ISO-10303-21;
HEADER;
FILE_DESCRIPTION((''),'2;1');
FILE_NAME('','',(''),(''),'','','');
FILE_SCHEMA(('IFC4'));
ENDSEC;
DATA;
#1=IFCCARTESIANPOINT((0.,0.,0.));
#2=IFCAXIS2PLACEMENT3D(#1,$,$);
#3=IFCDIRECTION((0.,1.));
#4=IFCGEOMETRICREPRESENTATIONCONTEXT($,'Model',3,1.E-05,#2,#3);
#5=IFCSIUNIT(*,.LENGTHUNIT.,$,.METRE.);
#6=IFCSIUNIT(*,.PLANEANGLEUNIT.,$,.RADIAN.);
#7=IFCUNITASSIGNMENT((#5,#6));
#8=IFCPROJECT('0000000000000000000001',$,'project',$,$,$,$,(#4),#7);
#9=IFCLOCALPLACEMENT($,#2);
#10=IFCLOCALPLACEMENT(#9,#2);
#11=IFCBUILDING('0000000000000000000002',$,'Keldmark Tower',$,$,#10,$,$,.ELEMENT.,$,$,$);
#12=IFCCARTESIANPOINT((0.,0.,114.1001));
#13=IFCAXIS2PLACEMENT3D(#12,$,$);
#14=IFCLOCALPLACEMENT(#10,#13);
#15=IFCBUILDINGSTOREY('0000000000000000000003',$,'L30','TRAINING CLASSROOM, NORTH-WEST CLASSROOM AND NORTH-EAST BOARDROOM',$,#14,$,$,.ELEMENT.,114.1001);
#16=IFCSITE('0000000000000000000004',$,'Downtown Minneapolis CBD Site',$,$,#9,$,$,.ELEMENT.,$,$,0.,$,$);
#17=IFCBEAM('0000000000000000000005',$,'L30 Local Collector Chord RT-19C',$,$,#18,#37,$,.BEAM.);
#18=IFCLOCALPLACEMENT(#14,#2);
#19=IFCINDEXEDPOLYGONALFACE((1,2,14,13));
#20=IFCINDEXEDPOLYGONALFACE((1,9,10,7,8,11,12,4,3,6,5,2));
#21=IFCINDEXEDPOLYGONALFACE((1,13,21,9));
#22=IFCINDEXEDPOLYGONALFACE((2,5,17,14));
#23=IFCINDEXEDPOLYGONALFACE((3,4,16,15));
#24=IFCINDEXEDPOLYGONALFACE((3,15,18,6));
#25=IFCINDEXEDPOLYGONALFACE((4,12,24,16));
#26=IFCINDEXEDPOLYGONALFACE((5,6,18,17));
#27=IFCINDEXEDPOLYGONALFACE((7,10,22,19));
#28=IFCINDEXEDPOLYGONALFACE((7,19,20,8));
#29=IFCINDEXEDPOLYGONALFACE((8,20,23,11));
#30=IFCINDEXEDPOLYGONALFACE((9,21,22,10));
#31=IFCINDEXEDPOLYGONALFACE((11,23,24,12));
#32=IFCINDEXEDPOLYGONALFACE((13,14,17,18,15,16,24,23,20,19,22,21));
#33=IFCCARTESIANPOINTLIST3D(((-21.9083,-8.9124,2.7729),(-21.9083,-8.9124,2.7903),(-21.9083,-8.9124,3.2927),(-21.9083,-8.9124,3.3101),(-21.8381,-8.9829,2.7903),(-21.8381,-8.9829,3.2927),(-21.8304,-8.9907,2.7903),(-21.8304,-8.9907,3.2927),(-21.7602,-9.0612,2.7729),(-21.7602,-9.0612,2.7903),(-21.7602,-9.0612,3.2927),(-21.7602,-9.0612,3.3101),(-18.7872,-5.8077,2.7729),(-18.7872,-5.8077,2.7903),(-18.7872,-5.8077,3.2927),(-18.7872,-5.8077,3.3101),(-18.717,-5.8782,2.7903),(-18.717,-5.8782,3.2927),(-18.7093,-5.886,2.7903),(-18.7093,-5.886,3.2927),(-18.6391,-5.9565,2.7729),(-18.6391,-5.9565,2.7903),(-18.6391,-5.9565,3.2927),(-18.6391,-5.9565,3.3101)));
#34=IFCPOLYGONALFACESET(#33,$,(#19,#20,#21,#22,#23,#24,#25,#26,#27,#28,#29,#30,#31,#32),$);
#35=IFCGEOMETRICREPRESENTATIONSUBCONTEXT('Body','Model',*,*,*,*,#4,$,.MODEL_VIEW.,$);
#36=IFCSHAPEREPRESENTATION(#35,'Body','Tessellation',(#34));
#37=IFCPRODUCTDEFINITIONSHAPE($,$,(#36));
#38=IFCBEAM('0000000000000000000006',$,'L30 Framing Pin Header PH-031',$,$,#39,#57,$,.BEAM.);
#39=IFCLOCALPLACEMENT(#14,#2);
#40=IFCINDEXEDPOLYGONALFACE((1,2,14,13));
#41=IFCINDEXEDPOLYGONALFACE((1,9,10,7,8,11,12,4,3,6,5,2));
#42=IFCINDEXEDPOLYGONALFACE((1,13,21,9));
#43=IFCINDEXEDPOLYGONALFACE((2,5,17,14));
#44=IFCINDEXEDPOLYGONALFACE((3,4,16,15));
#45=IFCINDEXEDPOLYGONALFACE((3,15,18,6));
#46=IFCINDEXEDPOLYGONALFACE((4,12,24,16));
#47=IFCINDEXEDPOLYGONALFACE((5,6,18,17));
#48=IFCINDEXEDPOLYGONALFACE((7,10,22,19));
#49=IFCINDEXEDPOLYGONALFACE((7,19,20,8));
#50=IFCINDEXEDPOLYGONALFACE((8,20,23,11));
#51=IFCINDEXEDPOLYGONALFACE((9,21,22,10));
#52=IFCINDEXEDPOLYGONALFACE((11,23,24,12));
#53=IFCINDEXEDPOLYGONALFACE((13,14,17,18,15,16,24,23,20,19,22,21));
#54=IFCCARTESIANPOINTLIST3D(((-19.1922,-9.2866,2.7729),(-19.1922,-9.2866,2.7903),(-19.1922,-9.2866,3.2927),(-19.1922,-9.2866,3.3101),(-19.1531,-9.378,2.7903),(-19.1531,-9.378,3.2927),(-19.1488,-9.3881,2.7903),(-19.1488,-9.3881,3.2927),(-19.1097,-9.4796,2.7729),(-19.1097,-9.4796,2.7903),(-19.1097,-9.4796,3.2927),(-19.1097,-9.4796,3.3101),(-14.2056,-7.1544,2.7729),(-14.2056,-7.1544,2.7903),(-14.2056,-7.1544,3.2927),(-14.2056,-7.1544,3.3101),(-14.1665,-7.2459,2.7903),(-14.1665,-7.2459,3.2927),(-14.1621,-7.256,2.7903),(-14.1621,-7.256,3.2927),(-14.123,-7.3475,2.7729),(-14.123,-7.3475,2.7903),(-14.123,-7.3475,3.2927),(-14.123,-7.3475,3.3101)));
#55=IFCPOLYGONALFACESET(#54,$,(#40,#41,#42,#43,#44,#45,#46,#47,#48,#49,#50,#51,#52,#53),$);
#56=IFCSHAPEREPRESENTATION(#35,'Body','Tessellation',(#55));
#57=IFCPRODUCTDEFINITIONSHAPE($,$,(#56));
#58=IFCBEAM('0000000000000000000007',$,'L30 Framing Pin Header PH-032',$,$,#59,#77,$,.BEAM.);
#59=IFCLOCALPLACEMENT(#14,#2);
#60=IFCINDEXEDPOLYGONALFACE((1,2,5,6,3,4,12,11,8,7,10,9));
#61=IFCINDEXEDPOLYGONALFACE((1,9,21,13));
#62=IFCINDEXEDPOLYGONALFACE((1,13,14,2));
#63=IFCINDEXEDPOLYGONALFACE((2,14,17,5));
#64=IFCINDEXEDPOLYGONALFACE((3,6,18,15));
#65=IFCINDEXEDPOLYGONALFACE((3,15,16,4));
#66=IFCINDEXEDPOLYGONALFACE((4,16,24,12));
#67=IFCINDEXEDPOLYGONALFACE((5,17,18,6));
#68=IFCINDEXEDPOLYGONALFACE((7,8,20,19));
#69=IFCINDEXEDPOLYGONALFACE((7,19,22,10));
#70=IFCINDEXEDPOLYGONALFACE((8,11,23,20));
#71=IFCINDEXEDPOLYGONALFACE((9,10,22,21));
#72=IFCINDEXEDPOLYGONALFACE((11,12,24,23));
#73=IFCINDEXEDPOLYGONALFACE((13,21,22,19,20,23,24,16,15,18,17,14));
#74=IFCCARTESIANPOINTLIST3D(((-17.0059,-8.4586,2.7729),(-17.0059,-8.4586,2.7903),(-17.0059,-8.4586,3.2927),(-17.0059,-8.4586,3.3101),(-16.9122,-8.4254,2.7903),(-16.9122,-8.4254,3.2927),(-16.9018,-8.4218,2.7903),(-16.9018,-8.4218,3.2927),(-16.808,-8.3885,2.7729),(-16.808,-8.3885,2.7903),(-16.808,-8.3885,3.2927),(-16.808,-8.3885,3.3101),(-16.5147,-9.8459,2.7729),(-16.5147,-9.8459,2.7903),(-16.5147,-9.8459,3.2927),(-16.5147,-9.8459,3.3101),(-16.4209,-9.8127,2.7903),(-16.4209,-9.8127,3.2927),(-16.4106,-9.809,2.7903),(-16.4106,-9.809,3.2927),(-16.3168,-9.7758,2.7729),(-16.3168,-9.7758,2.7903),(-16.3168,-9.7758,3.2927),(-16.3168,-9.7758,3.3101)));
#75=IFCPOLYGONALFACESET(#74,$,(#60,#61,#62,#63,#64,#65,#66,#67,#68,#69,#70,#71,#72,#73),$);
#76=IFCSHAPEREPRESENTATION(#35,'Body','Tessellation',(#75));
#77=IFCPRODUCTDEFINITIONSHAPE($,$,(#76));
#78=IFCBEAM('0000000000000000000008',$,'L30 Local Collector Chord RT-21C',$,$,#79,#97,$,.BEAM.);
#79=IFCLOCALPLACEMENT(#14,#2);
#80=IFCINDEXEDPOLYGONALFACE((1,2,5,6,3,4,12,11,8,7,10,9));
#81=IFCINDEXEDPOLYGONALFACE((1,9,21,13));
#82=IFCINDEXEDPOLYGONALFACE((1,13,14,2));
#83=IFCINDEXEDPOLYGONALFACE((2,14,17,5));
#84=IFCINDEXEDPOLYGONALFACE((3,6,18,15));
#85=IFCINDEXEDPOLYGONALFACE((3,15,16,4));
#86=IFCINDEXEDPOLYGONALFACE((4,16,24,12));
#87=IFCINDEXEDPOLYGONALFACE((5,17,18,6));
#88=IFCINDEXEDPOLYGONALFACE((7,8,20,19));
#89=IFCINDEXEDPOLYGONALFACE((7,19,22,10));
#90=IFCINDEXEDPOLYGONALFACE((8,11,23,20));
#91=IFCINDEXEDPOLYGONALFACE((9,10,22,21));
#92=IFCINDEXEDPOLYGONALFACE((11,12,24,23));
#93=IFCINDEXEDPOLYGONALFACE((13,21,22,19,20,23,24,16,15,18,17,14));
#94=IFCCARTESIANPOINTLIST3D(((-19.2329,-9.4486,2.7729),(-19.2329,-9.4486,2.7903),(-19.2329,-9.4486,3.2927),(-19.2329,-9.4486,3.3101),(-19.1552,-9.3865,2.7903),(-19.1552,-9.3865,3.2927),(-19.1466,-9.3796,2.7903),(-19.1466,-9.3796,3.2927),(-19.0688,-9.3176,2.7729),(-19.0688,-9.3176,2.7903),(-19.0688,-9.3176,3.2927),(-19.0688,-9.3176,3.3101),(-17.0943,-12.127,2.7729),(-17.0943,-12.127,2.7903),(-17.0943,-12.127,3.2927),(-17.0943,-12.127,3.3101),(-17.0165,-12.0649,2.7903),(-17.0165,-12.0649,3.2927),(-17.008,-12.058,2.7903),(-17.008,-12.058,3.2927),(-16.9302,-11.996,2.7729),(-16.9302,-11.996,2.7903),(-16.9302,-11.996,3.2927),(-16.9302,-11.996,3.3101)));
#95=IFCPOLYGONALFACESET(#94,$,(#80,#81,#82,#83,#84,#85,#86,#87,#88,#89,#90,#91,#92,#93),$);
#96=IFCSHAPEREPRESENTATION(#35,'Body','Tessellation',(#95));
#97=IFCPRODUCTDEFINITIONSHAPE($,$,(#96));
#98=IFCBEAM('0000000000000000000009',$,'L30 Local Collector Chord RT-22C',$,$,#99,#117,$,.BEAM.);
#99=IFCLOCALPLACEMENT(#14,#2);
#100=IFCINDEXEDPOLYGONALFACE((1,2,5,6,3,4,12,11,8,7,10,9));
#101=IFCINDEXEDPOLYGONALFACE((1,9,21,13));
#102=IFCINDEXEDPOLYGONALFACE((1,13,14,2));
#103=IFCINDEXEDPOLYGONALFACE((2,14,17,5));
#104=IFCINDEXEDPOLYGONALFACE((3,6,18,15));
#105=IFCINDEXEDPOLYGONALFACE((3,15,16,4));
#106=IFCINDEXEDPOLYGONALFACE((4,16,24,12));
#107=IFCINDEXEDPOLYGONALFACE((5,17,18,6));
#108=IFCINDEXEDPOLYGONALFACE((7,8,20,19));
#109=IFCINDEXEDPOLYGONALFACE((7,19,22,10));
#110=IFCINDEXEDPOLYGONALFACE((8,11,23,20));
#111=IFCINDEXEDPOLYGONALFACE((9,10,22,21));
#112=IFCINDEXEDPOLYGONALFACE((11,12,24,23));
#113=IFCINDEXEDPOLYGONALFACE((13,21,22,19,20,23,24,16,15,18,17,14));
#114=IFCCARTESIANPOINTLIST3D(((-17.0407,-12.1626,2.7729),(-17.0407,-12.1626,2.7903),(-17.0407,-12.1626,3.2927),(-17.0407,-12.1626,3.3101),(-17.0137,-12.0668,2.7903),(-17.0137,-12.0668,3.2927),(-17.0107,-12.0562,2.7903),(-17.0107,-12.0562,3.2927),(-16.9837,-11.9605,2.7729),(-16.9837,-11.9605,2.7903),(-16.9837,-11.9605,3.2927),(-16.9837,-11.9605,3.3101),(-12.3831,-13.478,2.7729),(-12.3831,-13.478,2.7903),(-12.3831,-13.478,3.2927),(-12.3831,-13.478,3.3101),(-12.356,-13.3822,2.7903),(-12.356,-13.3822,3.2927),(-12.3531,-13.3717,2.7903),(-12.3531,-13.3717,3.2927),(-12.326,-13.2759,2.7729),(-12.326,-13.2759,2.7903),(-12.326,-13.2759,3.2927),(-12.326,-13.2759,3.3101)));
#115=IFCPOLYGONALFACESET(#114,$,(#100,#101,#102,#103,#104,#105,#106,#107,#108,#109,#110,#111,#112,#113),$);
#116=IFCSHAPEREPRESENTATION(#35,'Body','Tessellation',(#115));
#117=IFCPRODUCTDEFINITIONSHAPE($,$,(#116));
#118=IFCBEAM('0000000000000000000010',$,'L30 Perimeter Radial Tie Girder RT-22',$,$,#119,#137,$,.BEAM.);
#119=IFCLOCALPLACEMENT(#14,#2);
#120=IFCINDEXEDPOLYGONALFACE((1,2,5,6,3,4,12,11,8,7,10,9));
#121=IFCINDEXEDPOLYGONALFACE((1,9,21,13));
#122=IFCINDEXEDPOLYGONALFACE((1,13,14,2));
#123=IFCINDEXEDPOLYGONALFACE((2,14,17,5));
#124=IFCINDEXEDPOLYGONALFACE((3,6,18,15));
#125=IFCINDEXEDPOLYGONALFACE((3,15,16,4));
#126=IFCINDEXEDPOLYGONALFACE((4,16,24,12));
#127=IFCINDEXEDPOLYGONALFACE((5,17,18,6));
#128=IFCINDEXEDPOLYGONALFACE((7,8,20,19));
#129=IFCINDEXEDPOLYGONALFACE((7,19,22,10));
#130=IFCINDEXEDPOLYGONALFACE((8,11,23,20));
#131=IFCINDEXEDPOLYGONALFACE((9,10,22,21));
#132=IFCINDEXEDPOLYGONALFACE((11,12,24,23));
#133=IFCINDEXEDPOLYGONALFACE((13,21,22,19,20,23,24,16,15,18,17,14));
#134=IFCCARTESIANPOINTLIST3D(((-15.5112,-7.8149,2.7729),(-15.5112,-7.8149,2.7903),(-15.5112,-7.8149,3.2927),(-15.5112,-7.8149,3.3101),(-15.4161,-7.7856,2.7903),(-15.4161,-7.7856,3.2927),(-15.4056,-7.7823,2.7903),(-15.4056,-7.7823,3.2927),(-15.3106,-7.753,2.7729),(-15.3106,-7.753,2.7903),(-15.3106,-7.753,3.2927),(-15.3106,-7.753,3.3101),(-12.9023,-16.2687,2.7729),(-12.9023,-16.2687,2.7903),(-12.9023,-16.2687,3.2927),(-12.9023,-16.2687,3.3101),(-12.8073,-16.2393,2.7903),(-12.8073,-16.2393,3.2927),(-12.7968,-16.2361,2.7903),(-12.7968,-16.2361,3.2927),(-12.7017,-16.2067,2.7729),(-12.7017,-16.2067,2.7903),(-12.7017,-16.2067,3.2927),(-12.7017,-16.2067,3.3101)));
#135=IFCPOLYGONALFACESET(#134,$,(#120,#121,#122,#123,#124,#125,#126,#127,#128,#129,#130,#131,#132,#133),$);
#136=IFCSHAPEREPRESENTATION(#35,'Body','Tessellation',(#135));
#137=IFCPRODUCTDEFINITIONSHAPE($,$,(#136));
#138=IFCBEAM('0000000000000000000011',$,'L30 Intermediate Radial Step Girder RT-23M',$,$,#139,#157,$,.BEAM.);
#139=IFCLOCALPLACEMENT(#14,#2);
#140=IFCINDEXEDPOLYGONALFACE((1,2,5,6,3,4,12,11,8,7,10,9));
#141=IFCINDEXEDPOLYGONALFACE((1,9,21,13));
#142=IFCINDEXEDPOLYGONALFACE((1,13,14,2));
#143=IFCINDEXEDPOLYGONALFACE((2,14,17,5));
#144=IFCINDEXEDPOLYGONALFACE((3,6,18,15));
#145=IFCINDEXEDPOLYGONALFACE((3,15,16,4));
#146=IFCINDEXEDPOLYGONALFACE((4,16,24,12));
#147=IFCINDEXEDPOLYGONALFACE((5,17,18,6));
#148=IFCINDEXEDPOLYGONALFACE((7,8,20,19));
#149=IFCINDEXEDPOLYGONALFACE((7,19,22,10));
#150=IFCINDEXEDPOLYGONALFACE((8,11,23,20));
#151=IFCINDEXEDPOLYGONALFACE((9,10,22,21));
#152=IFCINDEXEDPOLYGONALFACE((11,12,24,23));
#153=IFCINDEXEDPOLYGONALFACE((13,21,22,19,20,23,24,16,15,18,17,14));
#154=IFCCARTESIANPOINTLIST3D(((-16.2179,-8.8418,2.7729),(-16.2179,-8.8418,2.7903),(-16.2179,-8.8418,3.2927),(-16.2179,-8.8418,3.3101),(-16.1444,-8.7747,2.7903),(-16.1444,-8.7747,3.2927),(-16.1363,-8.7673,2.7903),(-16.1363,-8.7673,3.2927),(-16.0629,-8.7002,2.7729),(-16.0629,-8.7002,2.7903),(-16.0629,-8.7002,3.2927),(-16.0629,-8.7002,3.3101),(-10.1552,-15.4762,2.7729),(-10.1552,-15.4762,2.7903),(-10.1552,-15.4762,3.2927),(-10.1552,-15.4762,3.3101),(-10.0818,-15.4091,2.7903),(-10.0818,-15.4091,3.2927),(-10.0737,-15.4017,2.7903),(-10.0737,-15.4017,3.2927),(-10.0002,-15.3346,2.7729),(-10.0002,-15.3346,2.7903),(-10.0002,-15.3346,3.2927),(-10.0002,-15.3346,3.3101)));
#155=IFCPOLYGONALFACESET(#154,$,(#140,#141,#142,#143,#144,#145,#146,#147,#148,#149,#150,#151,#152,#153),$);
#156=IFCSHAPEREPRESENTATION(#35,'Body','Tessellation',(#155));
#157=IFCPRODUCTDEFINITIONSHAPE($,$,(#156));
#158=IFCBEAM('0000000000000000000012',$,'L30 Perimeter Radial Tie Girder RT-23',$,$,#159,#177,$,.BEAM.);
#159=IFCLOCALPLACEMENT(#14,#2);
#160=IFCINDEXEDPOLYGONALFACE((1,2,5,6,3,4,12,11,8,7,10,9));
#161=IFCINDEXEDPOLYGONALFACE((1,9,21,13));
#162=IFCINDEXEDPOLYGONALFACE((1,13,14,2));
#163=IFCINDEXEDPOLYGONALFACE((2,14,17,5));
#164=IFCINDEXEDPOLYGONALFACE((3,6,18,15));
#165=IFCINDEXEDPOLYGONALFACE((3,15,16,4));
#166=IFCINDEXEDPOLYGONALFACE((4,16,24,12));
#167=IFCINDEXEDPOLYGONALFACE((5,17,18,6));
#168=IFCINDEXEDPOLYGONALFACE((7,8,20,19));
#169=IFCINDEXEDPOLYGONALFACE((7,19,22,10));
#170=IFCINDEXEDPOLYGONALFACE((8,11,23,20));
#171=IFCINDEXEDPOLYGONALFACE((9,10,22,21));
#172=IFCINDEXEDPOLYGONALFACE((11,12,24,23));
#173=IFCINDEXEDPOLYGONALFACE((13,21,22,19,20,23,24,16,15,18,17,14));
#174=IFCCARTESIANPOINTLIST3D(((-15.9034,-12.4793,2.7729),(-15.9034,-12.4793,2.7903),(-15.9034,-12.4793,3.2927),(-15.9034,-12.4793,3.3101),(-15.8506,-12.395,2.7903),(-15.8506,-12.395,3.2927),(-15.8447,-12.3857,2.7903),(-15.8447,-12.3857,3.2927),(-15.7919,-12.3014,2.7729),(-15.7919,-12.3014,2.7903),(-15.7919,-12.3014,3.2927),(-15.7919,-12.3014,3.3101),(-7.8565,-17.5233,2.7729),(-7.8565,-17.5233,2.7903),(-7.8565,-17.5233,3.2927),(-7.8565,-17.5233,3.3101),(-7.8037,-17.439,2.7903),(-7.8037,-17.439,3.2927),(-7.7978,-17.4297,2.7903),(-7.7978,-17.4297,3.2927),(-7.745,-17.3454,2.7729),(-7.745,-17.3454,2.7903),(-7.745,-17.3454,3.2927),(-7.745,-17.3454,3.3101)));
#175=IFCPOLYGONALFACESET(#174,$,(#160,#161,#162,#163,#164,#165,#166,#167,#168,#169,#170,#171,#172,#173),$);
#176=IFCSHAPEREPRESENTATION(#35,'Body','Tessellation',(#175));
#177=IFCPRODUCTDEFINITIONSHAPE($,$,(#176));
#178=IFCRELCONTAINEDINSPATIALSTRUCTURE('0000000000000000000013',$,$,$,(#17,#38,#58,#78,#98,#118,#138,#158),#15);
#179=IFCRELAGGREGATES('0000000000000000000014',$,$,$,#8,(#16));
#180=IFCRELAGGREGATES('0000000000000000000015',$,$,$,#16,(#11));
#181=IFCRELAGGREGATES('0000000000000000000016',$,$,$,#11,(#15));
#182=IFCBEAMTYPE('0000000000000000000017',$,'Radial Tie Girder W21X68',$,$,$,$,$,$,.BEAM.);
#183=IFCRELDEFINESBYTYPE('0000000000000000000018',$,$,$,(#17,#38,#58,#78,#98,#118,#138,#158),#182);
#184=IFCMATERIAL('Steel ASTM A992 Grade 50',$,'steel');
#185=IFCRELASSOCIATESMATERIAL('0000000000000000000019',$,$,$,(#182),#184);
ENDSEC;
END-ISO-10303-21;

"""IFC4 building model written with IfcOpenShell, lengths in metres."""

from ifc_helpers import new_model, si_unit, direction, frame, origin, origin_2d, place, context, subcontext, project, spatial, i_section, extrude, material, material_profile, profile_set, type_object, element, save


model = new_model("IFC4")

# Units and contexts
model_context = context("Model", 3, precision=1e-05, world=origin(), true_north=direction((0.0, 1.0)))
body_context = subcontext(model_context, "Body", "Model", "MODEL_VIEW")
ifc_project = project(units=[si_unit("LENGTHUNIT", "METRE"), si_unit("PLANEANGLEUNIT", "RADIAN")], contexts=[model_context])

# Site, building, storey
site_placement = place(None, origin())
site = spatial("IfcSite", under=ifc_project, at=site_placement, Name="Downtown Minneapolis CBD Site", CompositionType="ELEMENT", RefElevation=0.0)
building_placement = place(site_placement, origin())
building = spatial("IfcBuilding", under=site, at=building_placement, Name="Keldmark Tower", CompositionType="ELEMENT")
storey_placement = place(building_placement, frame((0.0, 0.0, 114.1001)))
storey = spatial("IfcBuildingStorey", under=building, at=storey_placement, Name="L30", Description="TRAINING CLASSROOM, NORTH-WEST CLASSROOM AND NORTH-EAST BOARDROOM", CompositionType="ELEMENT", Elevation=114.1001)

# Beams
ifc_material_1 = material(Name="Steel ASTM A992 Grade 50", Category="steel")
ifc_material_profile_1 = material_profile(ifc_material_1, i_section(OverallWidth=0.21, OverallDepth=0.5371, WebThickness=0.011, FlangeThickness=0.0173, at=origin_2d()), Name="W21X68")
ifc_profile_set_1 = profile_set([ifc_material_profile_1], Name="Steel ASTM A992 Grade 50")
beam_type_1 = type_object("IfcBeamType", Name="Radial Tie Girder W21X68", PredefinedType="BEAM", material=ifc_profile_set_1)
beam_1_placement = place(storey_placement, frame((-18.7131, -5.8821, 3.0415), z_axis=(-0.708962, -0.705247, 0.0), x_axis=(0.705247, -0.708962, 0.0)))
element("IfcBeam", 1, at=beam_1_placement, inside=storey, type_object=beam_type_1, Name="L30 Local Collector Chord RT-19C", PredefinedType="BEAM", context=body_context, shape_type="SweptSolid", body=[
    extrude(i_section(OverallWidth=0.21, OverallDepth=0.5371, WebThickness=0.011, FlangeThickness=0.0173, at=origin_2d()), origin(), (0.0, 0.0, 1.0), 4.4023),
])
beam_2_placement = place(storey_placement, frame((-14.1643, -7.251, 3.0415), z_axis=(-0.91948, -0.393137, 0.0), x_axis=(0.393137, -0.91948, 0.0)))
element("IfcBeam", 2, at=beam_2_placement, inside=storey, type_object=beam_type_1, Name="L30 Framing Pin Header PH-031", PredefinedType="BEAM", context=body_context, shape_type="SweptSolid", body=[
    extrude(i_section(OverallWidth=0.21, OverallDepth=0.5371, WebThickness=0.011, FlangeThickness=0.0173, at=origin_2d()), origin(), (0.0, 0.0, 1.0), 5.4233),
])
beam_3_placement = place(storey_placement, frame((-16.907, -8.4236, 3.0415), z_axis=(0.333792, -0.942647, 0.0), x_axis=(0.942647, 0.333792, 0.0)))
element("IfcBeam", 3, at=beam_3_placement, inside=storey, type_object=beam_type_1, Name="L30 Framing Pin Header PH-032", PredefinedType="BEAM", context=body_context, shape_type="SweptSolid", body=[
    extrude(i_section(OverallWidth=0.21, OverallDepth=0.5371, WebThickness=0.011, FlangeThickness=0.0173, at=origin_2d()), origin(), (0.0, 0.0, 1.0), 1.4717),
])
beam_4_placement = place(storey_placement, frame((-19.1509, -9.3831, 3.0415), z_axis=(0.623965, -0.781452, 0.0), x_axis=(0.781452, 0.623965, 0.0)))
element("IfcBeam", 4, at=beam_4_placement, inside=storey, type_object=beam_type_1, Name="L30 Local Collector Chord RT-21C", PredefinedType="BEAM", context=body_context, shape_type="SweptSolid", body=[
    extrude(i_section(OverallWidth=0.21, OverallDepth=0.5371, WebThickness=0.011, FlangeThickness=0.0173, at=origin_2d()), origin(), (0.0, 0.0, 1.0), 3.4275),
])
beam_5_placement = place(storey_placement, frame((-17.0122, -12.0615, 3.0415), z_axis=(0.962357, -0.271788, 0.0), x_axis=(0.271788, 0.962357, 0.0)))
element("IfcBeam", 5, at=beam_5_placement, inside=storey, type_object=beam_type_1, Name="L30 Local Collector Chord RT-22C", PredefinedType="BEAM", context=body_context, shape_type="SweptSolid", body=[
    extrude(i_section(OverallWidth=0.21, OverallDepth=0.5371, WebThickness=0.011, FlangeThickness=0.0173, at=origin_2d()), origin(), (0.0, 0.0, 1.0), 4.8398),
])
beam_6_placement = place(storey_placement, frame((-15.4109, -7.7839, 3.0415), z_axis=(0.294881, -0.955534, 0.0), x_axis=(0.955534, 0.294881, 0.0)))
element("IfcBeam", 6, at=beam_6_placement, inside=storey, type_object=beam_type_1, Name="L30 Perimeter Radial Tie Girder RT-22", PredefinedType="BEAM", context=body_context, shape_type="SweptSolid", body=[
    extrude(i_section(OverallWidth=0.21, OverallDepth=0.5371, WebThickness=0.011, FlangeThickness=0.0173, at=origin_2d()), origin(), (0.0, 0.0, 1.0), 8.8472),
])
beam_7_placement = place(storey_placement, frame((-16.1404, -8.771, 3.0415), z_axis=(0.674581, -0.738201, 0.0), x_axis=(0.738201, 0.674581, 0.0)))
element("IfcBeam", 7, at=beam_7_placement, inside=storey, type_object=beam_type_1, Name="L30 Intermediate Radial Step Girder RT-23M", PredefinedType="BEAM", context=body_context, shape_type="SweptSolid", body=[
    extrude(i_section(OverallWidth=0.21, OverallDepth=0.5371, WebThickness=0.011, FlangeThickness=0.0173, at=origin_2d()), origin(), (0.0, 0.0, 1.0), 8.9873),
])
beam_8_placement = place(storey_placement, frame((-15.8477, -12.3904, 3.0415), z_axis=(0.847304, -0.531108, 0.0), x_axis=(0.531108, 0.847304, 0.0)))
element("IfcBeam", 8, at=beam_8_placement, inside=storey, type_object=beam_type_1, Name="L30 Perimeter Radial Tie Girder RT-23", PredefinedType="BEAM", context=body_context, shape_type="SweptSolid", body=[
    extrude(i_section(OverallWidth=0.21, OverallDepth=0.5371, WebThickness=0.011, FlangeThickness=0.0173, at=origin_2d()), origin(), (0.0, 0.0, 1.0), 9.4971),
])

save(model, "model.ifc")
